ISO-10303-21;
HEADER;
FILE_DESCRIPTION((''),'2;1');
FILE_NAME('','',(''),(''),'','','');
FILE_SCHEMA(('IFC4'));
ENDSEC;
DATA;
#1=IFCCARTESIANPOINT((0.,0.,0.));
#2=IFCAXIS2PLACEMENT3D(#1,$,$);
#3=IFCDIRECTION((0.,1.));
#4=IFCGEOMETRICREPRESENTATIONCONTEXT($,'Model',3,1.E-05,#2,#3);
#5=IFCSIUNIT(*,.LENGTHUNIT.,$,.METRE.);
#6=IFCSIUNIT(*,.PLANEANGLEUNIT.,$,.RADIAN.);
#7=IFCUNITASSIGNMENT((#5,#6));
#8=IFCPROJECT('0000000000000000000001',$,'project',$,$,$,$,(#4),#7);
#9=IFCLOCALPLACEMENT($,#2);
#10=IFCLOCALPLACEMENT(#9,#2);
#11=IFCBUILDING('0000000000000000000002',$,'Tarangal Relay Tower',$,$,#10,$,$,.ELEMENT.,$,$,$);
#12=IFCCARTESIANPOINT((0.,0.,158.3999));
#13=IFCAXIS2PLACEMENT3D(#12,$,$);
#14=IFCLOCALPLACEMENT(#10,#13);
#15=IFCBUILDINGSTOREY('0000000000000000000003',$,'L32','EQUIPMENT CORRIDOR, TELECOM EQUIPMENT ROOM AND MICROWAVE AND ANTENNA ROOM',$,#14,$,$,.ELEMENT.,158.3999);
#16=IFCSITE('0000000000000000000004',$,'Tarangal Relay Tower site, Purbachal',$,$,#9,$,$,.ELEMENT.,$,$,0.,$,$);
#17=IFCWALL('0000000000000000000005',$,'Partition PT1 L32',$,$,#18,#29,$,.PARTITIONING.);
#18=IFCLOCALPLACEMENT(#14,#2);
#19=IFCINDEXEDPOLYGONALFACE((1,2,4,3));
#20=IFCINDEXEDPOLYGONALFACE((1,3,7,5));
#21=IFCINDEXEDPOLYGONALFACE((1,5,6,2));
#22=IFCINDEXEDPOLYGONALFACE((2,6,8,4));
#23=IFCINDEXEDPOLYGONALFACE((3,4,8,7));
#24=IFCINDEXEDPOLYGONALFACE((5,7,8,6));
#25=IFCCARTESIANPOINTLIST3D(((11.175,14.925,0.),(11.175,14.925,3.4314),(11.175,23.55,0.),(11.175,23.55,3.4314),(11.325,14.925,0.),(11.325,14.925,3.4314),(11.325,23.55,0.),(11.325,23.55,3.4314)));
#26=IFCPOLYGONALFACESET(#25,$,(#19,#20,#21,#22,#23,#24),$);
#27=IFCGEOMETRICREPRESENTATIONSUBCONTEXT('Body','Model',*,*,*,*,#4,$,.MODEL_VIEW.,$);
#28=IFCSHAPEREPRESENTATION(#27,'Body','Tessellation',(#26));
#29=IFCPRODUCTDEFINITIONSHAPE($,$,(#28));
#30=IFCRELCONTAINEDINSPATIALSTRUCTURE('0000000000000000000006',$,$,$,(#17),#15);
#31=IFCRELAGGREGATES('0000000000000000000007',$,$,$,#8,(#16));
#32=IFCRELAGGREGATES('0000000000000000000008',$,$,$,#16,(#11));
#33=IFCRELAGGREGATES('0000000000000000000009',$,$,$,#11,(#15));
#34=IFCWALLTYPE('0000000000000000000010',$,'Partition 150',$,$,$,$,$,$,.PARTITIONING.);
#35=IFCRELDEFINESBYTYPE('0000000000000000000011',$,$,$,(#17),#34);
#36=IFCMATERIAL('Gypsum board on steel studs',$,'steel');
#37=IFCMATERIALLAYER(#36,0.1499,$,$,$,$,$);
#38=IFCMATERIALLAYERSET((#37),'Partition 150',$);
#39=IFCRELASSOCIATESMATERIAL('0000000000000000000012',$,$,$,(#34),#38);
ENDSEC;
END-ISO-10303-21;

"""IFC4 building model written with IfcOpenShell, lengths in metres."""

from ifc_helpers import new_model, si_unit, direction, frame, frame_2d, origin, place, context, subcontext, project, spatial, rectangle, extrude, material, layer, layer_set, type_object, element, save


model = new_model("IFC4")

# Units and contexts
model_context = context("Model", 3, precision=1e-05, world=origin(), true_north=direction((0.0, 1.0)))
body_context = subcontext(model_context, "Body", "Model", "MODEL_VIEW")
ifc_project = project(units=[si_unit("LENGTHUNIT", "METRE"), si_unit("PLANEANGLEUNIT", "RADIAN")], contexts=[model_context])

# Site, building, storey
site_placement = place(None, origin())
site = spatial("IfcSite", under=ifc_project, at=site_placement, Name="Tarangal Relay Tower site, Purbachal", CompositionType="ELEMENT", RefElevation=0.0)
building_placement = place(site_placement, origin())
building = spatial("IfcBuilding", under=site, at=building_placement, Name="Tarangal Relay Tower", CompositionType="ELEMENT")
storey_placement = place(building_placement, frame((0.0, 0.0, 158.3999)))
storey = spatial("IfcBuildingStorey", under=building, at=storey_placement, Name="L32", Description="EQUIPMENT CORRIDOR, TELECOM EQUIPMENT ROOM AND MICROWAVE AND ANTENNA ROOM", CompositionType="ELEMENT", Elevation=158.3999)

# Wall
ifc_material_1 = material(Name="Gypsum board on steel studs", Category="steel")
ifc_layer_1 = layer(ifc_material_1, 0.1499)
ifc_layer_set_1 = layer_set([ifc_layer_1], Name="Partition 150")
wall_type_1 = type_object("IfcWallType", Name="Partition 150", PredefinedType="PARTITIONING", material=ifc_layer_set_1)
wall_1_placement = place(storey_placement, frame((11.25, 14.925, 0.0), z_axis=(0.0, 0.0, 1.0), x_axis=(0.0, 1.0, 0.0)))
element("IfcWall", 1, at=wall_1_placement, inside=storey, type_object=wall_type_1, Name="Partition PT1 L32", PredefinedType="PARTITIONING", context=body_context, shape_type="SweptSolid", body=[
    extrude(rectangle(XDim=8.625, YDim=0.1499, at=frame_2d((4.3125, 0.0))), origin(), (0.0, 0.0, 1.0), 3.4314),
])

save(model, "model.ifc")
